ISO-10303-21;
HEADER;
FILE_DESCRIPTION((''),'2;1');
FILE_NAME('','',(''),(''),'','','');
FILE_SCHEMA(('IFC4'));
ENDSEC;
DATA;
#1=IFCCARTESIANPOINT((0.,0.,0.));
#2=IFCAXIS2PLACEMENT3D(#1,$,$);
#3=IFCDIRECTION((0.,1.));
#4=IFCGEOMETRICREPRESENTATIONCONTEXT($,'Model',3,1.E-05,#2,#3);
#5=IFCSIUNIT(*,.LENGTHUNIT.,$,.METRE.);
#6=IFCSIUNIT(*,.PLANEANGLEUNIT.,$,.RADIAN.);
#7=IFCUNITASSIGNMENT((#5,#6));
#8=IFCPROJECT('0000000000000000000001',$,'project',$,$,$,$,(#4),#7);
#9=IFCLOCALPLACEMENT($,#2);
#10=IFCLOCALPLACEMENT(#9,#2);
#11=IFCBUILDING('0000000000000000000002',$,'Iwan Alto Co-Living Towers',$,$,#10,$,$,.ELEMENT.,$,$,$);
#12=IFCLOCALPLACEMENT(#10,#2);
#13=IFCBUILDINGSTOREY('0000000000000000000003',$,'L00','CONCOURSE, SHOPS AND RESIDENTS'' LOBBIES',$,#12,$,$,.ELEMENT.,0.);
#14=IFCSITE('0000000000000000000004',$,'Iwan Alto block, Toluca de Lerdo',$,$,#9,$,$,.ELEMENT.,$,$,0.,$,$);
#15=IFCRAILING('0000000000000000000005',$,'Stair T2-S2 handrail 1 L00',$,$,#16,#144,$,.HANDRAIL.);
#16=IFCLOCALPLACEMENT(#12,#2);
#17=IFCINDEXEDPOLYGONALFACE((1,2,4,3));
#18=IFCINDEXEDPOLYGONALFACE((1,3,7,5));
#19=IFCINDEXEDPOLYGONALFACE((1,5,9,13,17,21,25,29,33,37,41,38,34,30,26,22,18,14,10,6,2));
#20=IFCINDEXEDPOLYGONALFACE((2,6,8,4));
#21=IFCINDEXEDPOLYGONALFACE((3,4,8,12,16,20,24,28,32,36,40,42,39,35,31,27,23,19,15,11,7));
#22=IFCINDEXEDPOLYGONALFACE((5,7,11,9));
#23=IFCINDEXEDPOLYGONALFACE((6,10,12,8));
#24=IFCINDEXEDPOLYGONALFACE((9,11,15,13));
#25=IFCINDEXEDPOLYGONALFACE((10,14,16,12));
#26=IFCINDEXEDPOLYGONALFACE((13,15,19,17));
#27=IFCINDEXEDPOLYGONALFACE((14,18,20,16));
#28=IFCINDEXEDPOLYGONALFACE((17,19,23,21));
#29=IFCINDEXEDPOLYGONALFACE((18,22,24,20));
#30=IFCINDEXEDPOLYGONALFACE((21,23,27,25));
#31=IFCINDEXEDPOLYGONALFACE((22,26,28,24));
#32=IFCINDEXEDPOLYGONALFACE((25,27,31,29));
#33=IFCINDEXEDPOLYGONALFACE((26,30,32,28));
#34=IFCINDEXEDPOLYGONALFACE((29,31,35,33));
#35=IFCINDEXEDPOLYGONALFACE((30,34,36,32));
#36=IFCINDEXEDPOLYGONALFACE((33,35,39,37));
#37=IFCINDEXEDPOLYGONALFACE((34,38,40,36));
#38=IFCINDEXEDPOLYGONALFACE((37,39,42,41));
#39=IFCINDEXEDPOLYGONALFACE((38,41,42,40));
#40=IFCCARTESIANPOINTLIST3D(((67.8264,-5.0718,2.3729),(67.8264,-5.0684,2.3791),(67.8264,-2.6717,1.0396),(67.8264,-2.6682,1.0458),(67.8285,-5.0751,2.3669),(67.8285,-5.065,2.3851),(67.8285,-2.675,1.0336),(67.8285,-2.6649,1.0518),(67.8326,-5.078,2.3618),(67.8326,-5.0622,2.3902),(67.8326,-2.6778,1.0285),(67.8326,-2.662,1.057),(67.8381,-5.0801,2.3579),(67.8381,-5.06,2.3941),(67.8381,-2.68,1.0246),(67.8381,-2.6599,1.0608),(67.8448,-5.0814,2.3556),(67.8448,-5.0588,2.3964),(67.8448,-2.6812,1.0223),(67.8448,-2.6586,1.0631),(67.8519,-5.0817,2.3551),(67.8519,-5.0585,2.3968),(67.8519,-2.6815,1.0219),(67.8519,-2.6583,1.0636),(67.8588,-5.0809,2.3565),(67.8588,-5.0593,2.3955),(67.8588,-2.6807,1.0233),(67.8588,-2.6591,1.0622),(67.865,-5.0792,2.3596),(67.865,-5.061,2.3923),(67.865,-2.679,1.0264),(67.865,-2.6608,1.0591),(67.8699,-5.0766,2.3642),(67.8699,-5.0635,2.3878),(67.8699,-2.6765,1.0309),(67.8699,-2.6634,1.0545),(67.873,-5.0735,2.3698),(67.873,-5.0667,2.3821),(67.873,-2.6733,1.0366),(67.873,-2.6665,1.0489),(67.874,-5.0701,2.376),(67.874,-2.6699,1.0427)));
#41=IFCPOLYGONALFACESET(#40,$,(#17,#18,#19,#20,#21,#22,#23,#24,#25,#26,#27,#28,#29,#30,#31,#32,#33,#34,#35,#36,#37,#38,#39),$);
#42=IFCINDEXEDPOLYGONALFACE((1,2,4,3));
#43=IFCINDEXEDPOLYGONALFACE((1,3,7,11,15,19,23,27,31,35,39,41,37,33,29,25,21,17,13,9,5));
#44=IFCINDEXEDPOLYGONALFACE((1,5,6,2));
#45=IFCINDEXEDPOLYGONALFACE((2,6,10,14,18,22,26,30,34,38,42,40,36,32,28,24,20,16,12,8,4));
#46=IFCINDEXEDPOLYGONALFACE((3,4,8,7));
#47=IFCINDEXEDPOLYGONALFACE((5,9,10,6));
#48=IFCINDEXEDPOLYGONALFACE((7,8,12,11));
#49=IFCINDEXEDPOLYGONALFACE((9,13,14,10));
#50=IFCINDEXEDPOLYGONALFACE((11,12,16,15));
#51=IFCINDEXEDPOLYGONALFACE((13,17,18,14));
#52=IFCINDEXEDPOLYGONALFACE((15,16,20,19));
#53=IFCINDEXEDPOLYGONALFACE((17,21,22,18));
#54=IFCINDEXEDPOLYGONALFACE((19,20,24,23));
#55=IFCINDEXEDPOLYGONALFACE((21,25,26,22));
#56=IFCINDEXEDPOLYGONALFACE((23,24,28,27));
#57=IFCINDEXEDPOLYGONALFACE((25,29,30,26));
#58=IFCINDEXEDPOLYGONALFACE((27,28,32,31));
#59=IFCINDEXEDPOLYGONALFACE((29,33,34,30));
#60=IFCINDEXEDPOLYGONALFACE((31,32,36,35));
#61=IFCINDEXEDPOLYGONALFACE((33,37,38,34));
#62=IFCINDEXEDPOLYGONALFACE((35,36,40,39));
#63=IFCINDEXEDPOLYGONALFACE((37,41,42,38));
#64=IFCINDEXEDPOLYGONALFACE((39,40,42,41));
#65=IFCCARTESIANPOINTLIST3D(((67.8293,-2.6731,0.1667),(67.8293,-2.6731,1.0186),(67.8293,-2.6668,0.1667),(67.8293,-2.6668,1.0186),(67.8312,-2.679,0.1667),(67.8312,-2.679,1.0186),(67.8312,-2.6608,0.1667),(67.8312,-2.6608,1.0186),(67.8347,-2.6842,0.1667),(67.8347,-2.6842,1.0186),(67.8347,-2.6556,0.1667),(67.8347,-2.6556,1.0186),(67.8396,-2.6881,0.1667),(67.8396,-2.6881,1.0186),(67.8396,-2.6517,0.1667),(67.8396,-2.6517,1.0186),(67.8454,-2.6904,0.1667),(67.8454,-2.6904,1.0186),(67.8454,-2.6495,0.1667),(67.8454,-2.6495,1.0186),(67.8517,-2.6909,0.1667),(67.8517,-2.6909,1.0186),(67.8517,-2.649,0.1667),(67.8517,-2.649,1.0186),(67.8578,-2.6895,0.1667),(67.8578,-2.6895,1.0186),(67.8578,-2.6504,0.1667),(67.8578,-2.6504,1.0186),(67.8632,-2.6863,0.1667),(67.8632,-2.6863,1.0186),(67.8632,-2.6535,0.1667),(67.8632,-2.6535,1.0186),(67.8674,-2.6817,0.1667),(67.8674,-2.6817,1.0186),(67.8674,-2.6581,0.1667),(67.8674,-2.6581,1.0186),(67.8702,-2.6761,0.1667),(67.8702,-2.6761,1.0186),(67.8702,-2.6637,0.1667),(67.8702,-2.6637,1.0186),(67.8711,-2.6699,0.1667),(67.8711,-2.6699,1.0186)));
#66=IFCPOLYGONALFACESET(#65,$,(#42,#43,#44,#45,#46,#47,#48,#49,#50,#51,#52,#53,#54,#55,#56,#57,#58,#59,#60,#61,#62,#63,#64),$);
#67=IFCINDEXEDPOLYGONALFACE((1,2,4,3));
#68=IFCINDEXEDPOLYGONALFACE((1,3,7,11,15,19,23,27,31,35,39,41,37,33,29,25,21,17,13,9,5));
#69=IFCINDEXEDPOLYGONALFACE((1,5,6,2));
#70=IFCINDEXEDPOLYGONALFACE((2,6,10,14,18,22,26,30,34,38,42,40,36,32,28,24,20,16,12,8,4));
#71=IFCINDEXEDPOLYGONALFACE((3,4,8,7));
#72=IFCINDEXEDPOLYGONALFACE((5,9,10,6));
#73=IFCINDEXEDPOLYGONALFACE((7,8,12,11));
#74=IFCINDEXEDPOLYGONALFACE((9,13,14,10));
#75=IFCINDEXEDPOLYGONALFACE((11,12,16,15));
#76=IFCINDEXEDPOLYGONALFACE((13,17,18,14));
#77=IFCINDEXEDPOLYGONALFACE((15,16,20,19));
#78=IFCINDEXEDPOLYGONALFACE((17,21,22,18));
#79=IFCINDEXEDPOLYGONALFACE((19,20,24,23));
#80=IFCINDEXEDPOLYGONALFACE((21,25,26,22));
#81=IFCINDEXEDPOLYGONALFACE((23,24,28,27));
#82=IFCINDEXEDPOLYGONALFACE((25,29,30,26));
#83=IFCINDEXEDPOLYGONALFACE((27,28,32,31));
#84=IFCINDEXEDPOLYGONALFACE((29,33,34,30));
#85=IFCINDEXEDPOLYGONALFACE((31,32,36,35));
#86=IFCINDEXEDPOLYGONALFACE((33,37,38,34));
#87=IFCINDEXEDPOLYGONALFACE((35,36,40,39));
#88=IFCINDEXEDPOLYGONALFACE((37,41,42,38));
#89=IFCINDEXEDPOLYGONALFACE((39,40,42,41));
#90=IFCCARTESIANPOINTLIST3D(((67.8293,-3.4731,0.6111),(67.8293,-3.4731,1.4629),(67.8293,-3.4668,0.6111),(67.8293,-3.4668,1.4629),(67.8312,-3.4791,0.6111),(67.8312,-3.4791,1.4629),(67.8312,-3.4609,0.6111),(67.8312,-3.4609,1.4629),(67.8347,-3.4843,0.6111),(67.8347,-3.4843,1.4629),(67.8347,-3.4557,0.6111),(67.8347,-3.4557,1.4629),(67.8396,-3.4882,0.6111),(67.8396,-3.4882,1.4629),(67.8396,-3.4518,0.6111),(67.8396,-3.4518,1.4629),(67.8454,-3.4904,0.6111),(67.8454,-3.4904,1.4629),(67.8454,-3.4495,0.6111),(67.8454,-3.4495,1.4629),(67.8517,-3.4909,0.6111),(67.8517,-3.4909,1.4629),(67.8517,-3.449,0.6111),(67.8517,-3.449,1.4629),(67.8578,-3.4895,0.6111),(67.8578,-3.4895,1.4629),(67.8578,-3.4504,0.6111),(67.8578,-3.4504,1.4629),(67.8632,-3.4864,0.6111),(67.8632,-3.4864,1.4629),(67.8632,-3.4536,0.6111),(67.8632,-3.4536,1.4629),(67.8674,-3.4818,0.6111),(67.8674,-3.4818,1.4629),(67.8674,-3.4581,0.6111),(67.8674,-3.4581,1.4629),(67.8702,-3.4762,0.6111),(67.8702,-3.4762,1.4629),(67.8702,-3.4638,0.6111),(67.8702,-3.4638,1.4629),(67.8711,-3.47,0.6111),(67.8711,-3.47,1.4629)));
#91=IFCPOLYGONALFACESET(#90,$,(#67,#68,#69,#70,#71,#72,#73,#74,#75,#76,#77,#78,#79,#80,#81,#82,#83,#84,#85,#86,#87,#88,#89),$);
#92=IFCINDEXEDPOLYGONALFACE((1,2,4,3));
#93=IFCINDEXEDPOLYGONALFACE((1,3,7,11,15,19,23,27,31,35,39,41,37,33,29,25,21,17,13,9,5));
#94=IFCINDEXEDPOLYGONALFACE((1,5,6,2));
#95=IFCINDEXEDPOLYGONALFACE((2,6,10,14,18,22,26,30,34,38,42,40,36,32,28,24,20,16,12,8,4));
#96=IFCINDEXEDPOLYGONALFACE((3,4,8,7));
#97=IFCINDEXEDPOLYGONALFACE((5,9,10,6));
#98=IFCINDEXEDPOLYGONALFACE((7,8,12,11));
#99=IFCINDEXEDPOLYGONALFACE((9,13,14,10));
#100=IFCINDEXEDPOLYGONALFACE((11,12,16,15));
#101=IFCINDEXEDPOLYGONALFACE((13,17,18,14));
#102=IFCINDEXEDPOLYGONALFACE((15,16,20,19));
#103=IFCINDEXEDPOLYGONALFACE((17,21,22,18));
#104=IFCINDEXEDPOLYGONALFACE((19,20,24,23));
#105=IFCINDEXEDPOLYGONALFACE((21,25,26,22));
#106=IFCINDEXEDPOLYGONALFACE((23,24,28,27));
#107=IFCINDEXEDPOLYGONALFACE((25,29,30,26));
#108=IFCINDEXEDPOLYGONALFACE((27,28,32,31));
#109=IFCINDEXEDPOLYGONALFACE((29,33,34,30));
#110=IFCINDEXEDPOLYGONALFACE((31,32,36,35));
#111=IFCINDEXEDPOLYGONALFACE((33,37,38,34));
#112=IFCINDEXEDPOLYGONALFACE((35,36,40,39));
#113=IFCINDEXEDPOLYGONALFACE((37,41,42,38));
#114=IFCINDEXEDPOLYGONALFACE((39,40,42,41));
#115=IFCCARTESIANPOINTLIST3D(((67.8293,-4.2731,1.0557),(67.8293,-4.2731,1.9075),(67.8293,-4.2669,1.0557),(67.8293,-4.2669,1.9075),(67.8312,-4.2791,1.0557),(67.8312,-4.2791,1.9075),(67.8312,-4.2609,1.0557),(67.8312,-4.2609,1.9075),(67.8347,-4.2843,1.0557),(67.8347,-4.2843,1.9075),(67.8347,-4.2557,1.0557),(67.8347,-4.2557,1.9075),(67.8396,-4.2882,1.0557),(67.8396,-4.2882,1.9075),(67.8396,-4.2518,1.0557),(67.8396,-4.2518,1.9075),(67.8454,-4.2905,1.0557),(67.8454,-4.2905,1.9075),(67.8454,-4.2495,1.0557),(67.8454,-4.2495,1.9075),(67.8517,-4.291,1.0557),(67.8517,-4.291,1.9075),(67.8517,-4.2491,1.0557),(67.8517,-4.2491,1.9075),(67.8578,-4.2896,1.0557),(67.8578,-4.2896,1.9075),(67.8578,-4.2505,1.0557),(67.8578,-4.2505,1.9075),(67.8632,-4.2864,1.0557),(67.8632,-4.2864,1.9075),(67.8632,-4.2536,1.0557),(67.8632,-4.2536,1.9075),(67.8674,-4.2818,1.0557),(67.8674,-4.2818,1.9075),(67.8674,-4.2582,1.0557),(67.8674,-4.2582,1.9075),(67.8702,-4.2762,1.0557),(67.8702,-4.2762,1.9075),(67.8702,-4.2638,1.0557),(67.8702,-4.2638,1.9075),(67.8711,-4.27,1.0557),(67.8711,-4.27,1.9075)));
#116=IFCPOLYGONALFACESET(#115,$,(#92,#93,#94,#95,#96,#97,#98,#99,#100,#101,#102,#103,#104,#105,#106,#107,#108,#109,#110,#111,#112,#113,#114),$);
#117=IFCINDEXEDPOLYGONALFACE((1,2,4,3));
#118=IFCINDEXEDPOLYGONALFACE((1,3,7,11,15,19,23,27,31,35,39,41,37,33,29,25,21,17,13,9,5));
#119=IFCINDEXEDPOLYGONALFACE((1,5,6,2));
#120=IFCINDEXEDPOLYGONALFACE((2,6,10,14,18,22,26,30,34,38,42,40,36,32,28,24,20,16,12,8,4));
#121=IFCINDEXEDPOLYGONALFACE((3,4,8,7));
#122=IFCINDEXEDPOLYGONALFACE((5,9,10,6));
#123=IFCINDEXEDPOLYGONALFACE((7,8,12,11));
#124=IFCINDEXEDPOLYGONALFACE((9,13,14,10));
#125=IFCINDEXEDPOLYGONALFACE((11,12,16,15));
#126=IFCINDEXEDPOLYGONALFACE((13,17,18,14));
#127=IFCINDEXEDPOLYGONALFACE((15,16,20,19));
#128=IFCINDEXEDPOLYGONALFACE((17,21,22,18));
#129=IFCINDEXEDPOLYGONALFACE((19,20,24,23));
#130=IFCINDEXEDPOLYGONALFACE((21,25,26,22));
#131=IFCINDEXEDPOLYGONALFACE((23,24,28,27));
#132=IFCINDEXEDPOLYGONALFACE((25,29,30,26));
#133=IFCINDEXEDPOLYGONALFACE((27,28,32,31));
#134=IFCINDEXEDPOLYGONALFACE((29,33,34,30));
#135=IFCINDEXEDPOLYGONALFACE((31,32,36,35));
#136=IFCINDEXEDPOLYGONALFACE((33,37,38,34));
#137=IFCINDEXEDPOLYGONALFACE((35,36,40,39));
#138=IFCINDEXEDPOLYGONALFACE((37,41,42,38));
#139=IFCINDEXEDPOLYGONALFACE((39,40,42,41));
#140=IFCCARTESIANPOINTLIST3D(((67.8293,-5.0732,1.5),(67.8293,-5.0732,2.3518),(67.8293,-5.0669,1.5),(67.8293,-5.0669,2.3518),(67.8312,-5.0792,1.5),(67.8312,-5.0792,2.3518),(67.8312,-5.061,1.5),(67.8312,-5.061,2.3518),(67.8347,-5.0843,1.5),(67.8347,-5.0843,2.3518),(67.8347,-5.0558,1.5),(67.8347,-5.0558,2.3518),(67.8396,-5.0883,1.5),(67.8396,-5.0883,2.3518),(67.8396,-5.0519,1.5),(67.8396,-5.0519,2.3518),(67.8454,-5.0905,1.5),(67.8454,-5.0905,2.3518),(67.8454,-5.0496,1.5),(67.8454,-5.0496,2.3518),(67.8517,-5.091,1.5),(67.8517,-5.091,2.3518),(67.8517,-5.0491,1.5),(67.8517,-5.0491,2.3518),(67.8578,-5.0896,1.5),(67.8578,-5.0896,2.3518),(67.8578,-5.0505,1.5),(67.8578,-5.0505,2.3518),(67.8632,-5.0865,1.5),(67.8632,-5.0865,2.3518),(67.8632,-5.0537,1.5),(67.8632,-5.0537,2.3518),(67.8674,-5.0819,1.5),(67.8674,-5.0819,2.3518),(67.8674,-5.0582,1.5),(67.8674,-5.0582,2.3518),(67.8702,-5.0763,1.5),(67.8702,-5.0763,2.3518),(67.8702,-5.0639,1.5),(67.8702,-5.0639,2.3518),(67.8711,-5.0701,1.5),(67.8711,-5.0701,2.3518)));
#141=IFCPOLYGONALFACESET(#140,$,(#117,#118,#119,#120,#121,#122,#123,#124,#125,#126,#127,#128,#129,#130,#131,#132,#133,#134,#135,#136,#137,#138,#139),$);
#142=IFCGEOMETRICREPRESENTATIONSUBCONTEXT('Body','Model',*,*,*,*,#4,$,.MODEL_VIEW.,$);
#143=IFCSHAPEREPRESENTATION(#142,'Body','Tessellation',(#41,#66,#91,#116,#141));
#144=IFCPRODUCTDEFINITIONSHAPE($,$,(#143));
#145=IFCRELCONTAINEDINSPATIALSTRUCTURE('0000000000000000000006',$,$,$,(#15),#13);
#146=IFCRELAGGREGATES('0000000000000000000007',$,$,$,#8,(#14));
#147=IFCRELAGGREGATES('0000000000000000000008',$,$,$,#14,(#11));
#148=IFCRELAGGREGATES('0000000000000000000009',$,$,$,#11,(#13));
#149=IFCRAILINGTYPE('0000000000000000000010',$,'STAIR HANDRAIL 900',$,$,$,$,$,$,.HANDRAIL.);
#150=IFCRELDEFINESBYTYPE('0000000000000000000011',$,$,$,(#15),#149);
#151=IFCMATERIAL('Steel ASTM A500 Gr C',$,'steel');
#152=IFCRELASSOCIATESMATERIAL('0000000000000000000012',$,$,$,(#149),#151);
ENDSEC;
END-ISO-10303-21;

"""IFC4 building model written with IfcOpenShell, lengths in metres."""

from ifc_helpers import new_model, si_unit, direction, frame, origin, origin_2d, place, context, subcontext, project, spatial, circle, extrude, material, type_object, element, save


model = new_model("IFC4")

# Units and contexts
model_context = context("Model", 3, precision=1e-05, world=origin(), true_north=direction((0.0, 1.0)))
body_context = subcontext(model_context, "Body", "Model", "MODEL_VIEW")
ifc_project = project(units=[si_unit("LENGTHUNIT", "METRE"), si_unit("PLANEANGLEUNIT", "RADIAN")], contexts=[model_context])

# Site, building, storey
site_placement = place(None, origin())
site = spatial("IfcSite", under=ifc_project, at=site_placement, Name="Iwan Alto block, Toluca de Lerdo", CompositionType="ELEMENT", RefElevation=0.0)
building_placement = place(site_placement, origin())
building = spatial("IfcBuilding", under=site, at=building_placement, Name="Iwan Alto Co-Living Towers", CompositionType="ELEMENT")
storey_placement = place(building_placement, origin())
storey = spatial("IfcBuildingStorey", under=building, at=storey_placement, Name="L00", Description="CONCOURSE, SHOPS AND RESIDENTS' LOBBIES", CompositionType="ELEMENT", Elevation=0.0)

# Railing
ifc_material_1 = material(Name="Steel ASTM A500 Gr C", Category="steel")
railing_type_1 = type_object("IfcRailingType", Name="STAIR HANDRAIL 900", PredefinedType="HANDRAIL", material=ifc_material_1)
railing_1_placement = place(storey_placement, frame((67.8501, -2.6699, 0.1667)))
element("IfcRailing", 1, at=railing_1_placement, inside=storey, type_object=railing_type_1, Name="Stair T2-S2 handrail 1 L00", PredefinedType="HANDRAIL", context=body_context, shape_type="SweptSolid", body=[
    extrude(circle(Radius=0.0239, at=origin_2d()), frame((0.0, 0.0, 0.876), z_axis=(0.0, -0.874182, 0.485598), x_axis=(1.0, 0.0, 0.0)), (0.0, 0.0, 1.0), 2.7456),
    extrude(circle(Radius=0.021, at=origin_2d()), origin(), (0.0, 0.0, 1.0), 0.8518),
    extrude(circle(Radius=0.021, at=origin_2d()), frame((0.0, -0.8, 0.4443)), (0.0, 0.0, 1.0), 0.8518),
    extrude(circle(Radius=0.021, at=origin_2d()), frame((0.0, -1.6001, 0.8889)), (0.0, 0.0, 1.0), 0.8518),
    extrude(circle(Radius=0.021, at=origin_2d()), frame((0.0, -2.4001, 1.3333)), (0.0, 0.0, 1.0), 0.8518),
])

save(model, "model.ifc")
